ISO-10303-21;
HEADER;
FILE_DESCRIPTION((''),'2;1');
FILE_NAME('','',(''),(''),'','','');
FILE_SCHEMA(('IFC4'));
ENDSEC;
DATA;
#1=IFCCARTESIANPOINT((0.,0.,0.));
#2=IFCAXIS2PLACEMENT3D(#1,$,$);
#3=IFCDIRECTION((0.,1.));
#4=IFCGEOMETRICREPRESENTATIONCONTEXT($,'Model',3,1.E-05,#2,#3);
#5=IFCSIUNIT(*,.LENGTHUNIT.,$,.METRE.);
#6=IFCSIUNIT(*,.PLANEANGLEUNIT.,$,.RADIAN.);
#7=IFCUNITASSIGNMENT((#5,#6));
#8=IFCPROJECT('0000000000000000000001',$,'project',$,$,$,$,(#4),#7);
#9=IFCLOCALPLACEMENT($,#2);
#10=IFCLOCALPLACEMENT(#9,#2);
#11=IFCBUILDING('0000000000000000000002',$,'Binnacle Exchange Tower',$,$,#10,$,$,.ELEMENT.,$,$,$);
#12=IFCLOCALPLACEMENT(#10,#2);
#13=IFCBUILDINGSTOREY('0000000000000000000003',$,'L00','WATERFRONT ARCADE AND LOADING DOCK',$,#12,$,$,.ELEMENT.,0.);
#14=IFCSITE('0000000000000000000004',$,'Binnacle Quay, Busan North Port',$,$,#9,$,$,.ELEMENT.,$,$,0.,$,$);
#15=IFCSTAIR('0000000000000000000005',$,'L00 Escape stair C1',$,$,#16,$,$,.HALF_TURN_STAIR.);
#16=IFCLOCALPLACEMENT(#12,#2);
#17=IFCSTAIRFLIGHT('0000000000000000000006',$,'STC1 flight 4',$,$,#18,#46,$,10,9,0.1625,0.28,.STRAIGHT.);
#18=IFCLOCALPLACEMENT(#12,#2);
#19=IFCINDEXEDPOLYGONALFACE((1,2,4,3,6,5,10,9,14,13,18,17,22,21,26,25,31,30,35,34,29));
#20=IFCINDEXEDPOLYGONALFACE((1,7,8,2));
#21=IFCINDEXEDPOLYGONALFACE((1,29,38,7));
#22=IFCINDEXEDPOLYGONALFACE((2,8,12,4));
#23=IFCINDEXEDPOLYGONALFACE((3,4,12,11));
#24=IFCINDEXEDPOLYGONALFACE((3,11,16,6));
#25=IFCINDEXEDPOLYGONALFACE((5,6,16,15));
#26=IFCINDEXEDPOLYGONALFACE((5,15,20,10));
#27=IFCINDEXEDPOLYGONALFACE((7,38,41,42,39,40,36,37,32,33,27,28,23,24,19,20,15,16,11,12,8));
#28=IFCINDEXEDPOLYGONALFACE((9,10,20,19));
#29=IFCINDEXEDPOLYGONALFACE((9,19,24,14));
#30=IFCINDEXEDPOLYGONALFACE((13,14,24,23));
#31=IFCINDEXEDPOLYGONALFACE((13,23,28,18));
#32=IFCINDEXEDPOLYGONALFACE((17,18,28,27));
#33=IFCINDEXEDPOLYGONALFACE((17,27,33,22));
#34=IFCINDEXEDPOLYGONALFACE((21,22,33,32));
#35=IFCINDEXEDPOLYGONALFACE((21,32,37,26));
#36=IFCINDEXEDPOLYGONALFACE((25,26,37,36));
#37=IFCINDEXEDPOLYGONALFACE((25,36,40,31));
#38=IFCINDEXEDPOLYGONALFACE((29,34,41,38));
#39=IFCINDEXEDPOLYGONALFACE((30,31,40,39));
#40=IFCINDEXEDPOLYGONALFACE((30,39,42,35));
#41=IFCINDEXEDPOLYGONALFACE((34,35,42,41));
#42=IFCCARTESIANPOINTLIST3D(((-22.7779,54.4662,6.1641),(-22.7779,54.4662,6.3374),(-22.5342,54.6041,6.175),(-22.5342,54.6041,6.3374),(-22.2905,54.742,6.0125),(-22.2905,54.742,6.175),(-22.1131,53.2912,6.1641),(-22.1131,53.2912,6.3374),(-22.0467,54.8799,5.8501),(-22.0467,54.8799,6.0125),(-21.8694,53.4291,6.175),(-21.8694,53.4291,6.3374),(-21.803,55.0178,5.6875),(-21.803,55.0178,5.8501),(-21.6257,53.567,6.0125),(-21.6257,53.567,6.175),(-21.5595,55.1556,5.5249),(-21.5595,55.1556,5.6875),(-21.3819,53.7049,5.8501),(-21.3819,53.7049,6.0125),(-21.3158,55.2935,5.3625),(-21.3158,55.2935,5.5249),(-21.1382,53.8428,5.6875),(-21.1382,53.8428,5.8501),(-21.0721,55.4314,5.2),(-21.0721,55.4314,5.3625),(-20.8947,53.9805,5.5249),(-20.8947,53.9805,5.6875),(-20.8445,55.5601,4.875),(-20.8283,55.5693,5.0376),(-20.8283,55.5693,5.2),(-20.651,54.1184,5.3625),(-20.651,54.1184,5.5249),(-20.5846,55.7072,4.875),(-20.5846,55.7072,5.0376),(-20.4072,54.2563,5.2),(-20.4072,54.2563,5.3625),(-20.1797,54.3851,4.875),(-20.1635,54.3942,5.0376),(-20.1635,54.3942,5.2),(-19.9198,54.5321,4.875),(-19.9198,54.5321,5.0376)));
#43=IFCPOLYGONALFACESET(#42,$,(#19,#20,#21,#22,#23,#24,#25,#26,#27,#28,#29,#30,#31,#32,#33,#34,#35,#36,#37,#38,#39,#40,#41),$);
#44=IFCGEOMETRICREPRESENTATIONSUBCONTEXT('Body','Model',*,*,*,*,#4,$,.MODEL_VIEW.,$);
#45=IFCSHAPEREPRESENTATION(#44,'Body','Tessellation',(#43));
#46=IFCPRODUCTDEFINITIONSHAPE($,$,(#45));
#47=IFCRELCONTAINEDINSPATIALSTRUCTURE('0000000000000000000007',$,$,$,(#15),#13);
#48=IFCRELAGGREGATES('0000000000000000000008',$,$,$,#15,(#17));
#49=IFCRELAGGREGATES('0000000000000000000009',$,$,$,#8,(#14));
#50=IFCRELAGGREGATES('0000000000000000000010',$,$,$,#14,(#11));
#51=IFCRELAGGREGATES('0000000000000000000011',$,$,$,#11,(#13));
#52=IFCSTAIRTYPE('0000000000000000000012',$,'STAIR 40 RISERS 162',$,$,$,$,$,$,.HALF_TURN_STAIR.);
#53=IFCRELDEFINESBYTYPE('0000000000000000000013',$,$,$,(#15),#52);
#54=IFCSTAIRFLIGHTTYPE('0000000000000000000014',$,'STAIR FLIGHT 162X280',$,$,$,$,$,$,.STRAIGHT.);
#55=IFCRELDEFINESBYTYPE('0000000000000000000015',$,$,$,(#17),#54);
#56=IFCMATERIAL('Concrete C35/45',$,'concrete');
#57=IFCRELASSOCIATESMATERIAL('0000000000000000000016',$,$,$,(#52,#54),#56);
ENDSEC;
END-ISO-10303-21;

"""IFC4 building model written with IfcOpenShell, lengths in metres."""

from ifc_helpers import new_model, si_unit, direction, frame, origin, place, context, subcontext, project, spatial, polyline, outline, extrude, material, type_object, element, aggregate, save


model = new_model("IFC4")

# Units and contexts
model_context = context("Model", 3, precision=1e-05, world=origin(), true_north=direction((0.0, 1.0)))
body_context = subcontext(model_context, "Body", "Model", "MODEL_VIEW")
ifc_project = project(units=[si_unit("LENGTHUNIT", "METRE"), si_unit("PLANEANGLEUNIT", "RADIAN")], contexts=[model_context])

# Site, building, storey
site_placement = place(None, origin())
site = spatial("IfcSite", under=ifc_project, at=site_placement, Name="Binnacle Quay, Busan North Port", CompositionType="ELEMENT", RefElevation=0.0)
building_placement = place(site_placement, origin())
building = spatial("IfcBuilding", under=site, at=building_placement, Name="Binnacle Exchange Tower", CompositionType="ELEMENT")
storey_placement = place(building_placement, origin())
storey = spatial("IfcBuildingStorey", under=building, at=storey_placement, Name="L00", Description="WATERFRONT ARCADE AND LOADING DOCK", CompositionType="ELEMENT", Elevation=0.0)

# Stair, stair flight
ifc_material_1 = material(Name="Concrete C35/45", Category="concrete")
stair_type = type_object("IfcStairType", Name="STAIR 40 RISERS 162", PredefinedType="HALF_TURN_STAIR", material=ifc_material_1)
stair_placement = place(storey_placement, origin())
stair = element("IfcStair", 1, at=stair_placement, inside=storey, type_object=stair_type, Name="L00 Escape stair C1", PredefinedType="HALF_TURN_STAIR")
stair_flight_type = type_object("IfcStairFlightType", Name="STAIR FLIGHT 162X280", PredefinedType="STRAIGHT", material=ifc_material_1)
stair_flight_1_placement = place(storey_placement, frame((-20.2522, 55.1196, 4.875), z_axis=(0.0, 0.0, 1.0), x_axis=(-0.870356, -0.492424, 0.0)))
stair_flight_1 = element("IfcStairFlight", 2, at=stair_flight_1_placement, type_object=stair_flight_type, Name="STC1 flight 4", NumberOfRisers=10, NumberOfTreads=9, PredefinedType="STRAIGHT", RiserHeight=0.1625, TreadLength=0.28, context=body_context, shape_type="SweptSolid", body=[
    extrude(outline(polyline([(0.0, 0.0), (0.0, 0.1626), (0.28, 0.1626), (0.28, 0.325), (0.5601, 0.325), (0.5601, 0.4875), (0.8401, 0.4875), (0.8401, 0.6499), (1.1201, 0.6499), (1.1201, 0.8125), (1.3999, 0.8125), (1.3999, 0.9751), (1.6799, 0.9751), (1.6799, 1.1375), (1.96, 1.1375), (1.96, 1.3), (2.24, 1.3), (2.24, 1.4624), (2.52, 1.4624), (2.52, 1.625), (2.52, 1.2891), (0.2986, 0.0), (0.0, 0.0)])), frame((0.0, 0.675, 0.0), z_axis=(0.0, -1.0, 0.0), x_axis=(1.0, 0.0, 0.0)), (0.0, 0.0, 1.0), 1.3501),
])
aggregate(stair, [stair_flight_1])

save(model, "model.ifc")
